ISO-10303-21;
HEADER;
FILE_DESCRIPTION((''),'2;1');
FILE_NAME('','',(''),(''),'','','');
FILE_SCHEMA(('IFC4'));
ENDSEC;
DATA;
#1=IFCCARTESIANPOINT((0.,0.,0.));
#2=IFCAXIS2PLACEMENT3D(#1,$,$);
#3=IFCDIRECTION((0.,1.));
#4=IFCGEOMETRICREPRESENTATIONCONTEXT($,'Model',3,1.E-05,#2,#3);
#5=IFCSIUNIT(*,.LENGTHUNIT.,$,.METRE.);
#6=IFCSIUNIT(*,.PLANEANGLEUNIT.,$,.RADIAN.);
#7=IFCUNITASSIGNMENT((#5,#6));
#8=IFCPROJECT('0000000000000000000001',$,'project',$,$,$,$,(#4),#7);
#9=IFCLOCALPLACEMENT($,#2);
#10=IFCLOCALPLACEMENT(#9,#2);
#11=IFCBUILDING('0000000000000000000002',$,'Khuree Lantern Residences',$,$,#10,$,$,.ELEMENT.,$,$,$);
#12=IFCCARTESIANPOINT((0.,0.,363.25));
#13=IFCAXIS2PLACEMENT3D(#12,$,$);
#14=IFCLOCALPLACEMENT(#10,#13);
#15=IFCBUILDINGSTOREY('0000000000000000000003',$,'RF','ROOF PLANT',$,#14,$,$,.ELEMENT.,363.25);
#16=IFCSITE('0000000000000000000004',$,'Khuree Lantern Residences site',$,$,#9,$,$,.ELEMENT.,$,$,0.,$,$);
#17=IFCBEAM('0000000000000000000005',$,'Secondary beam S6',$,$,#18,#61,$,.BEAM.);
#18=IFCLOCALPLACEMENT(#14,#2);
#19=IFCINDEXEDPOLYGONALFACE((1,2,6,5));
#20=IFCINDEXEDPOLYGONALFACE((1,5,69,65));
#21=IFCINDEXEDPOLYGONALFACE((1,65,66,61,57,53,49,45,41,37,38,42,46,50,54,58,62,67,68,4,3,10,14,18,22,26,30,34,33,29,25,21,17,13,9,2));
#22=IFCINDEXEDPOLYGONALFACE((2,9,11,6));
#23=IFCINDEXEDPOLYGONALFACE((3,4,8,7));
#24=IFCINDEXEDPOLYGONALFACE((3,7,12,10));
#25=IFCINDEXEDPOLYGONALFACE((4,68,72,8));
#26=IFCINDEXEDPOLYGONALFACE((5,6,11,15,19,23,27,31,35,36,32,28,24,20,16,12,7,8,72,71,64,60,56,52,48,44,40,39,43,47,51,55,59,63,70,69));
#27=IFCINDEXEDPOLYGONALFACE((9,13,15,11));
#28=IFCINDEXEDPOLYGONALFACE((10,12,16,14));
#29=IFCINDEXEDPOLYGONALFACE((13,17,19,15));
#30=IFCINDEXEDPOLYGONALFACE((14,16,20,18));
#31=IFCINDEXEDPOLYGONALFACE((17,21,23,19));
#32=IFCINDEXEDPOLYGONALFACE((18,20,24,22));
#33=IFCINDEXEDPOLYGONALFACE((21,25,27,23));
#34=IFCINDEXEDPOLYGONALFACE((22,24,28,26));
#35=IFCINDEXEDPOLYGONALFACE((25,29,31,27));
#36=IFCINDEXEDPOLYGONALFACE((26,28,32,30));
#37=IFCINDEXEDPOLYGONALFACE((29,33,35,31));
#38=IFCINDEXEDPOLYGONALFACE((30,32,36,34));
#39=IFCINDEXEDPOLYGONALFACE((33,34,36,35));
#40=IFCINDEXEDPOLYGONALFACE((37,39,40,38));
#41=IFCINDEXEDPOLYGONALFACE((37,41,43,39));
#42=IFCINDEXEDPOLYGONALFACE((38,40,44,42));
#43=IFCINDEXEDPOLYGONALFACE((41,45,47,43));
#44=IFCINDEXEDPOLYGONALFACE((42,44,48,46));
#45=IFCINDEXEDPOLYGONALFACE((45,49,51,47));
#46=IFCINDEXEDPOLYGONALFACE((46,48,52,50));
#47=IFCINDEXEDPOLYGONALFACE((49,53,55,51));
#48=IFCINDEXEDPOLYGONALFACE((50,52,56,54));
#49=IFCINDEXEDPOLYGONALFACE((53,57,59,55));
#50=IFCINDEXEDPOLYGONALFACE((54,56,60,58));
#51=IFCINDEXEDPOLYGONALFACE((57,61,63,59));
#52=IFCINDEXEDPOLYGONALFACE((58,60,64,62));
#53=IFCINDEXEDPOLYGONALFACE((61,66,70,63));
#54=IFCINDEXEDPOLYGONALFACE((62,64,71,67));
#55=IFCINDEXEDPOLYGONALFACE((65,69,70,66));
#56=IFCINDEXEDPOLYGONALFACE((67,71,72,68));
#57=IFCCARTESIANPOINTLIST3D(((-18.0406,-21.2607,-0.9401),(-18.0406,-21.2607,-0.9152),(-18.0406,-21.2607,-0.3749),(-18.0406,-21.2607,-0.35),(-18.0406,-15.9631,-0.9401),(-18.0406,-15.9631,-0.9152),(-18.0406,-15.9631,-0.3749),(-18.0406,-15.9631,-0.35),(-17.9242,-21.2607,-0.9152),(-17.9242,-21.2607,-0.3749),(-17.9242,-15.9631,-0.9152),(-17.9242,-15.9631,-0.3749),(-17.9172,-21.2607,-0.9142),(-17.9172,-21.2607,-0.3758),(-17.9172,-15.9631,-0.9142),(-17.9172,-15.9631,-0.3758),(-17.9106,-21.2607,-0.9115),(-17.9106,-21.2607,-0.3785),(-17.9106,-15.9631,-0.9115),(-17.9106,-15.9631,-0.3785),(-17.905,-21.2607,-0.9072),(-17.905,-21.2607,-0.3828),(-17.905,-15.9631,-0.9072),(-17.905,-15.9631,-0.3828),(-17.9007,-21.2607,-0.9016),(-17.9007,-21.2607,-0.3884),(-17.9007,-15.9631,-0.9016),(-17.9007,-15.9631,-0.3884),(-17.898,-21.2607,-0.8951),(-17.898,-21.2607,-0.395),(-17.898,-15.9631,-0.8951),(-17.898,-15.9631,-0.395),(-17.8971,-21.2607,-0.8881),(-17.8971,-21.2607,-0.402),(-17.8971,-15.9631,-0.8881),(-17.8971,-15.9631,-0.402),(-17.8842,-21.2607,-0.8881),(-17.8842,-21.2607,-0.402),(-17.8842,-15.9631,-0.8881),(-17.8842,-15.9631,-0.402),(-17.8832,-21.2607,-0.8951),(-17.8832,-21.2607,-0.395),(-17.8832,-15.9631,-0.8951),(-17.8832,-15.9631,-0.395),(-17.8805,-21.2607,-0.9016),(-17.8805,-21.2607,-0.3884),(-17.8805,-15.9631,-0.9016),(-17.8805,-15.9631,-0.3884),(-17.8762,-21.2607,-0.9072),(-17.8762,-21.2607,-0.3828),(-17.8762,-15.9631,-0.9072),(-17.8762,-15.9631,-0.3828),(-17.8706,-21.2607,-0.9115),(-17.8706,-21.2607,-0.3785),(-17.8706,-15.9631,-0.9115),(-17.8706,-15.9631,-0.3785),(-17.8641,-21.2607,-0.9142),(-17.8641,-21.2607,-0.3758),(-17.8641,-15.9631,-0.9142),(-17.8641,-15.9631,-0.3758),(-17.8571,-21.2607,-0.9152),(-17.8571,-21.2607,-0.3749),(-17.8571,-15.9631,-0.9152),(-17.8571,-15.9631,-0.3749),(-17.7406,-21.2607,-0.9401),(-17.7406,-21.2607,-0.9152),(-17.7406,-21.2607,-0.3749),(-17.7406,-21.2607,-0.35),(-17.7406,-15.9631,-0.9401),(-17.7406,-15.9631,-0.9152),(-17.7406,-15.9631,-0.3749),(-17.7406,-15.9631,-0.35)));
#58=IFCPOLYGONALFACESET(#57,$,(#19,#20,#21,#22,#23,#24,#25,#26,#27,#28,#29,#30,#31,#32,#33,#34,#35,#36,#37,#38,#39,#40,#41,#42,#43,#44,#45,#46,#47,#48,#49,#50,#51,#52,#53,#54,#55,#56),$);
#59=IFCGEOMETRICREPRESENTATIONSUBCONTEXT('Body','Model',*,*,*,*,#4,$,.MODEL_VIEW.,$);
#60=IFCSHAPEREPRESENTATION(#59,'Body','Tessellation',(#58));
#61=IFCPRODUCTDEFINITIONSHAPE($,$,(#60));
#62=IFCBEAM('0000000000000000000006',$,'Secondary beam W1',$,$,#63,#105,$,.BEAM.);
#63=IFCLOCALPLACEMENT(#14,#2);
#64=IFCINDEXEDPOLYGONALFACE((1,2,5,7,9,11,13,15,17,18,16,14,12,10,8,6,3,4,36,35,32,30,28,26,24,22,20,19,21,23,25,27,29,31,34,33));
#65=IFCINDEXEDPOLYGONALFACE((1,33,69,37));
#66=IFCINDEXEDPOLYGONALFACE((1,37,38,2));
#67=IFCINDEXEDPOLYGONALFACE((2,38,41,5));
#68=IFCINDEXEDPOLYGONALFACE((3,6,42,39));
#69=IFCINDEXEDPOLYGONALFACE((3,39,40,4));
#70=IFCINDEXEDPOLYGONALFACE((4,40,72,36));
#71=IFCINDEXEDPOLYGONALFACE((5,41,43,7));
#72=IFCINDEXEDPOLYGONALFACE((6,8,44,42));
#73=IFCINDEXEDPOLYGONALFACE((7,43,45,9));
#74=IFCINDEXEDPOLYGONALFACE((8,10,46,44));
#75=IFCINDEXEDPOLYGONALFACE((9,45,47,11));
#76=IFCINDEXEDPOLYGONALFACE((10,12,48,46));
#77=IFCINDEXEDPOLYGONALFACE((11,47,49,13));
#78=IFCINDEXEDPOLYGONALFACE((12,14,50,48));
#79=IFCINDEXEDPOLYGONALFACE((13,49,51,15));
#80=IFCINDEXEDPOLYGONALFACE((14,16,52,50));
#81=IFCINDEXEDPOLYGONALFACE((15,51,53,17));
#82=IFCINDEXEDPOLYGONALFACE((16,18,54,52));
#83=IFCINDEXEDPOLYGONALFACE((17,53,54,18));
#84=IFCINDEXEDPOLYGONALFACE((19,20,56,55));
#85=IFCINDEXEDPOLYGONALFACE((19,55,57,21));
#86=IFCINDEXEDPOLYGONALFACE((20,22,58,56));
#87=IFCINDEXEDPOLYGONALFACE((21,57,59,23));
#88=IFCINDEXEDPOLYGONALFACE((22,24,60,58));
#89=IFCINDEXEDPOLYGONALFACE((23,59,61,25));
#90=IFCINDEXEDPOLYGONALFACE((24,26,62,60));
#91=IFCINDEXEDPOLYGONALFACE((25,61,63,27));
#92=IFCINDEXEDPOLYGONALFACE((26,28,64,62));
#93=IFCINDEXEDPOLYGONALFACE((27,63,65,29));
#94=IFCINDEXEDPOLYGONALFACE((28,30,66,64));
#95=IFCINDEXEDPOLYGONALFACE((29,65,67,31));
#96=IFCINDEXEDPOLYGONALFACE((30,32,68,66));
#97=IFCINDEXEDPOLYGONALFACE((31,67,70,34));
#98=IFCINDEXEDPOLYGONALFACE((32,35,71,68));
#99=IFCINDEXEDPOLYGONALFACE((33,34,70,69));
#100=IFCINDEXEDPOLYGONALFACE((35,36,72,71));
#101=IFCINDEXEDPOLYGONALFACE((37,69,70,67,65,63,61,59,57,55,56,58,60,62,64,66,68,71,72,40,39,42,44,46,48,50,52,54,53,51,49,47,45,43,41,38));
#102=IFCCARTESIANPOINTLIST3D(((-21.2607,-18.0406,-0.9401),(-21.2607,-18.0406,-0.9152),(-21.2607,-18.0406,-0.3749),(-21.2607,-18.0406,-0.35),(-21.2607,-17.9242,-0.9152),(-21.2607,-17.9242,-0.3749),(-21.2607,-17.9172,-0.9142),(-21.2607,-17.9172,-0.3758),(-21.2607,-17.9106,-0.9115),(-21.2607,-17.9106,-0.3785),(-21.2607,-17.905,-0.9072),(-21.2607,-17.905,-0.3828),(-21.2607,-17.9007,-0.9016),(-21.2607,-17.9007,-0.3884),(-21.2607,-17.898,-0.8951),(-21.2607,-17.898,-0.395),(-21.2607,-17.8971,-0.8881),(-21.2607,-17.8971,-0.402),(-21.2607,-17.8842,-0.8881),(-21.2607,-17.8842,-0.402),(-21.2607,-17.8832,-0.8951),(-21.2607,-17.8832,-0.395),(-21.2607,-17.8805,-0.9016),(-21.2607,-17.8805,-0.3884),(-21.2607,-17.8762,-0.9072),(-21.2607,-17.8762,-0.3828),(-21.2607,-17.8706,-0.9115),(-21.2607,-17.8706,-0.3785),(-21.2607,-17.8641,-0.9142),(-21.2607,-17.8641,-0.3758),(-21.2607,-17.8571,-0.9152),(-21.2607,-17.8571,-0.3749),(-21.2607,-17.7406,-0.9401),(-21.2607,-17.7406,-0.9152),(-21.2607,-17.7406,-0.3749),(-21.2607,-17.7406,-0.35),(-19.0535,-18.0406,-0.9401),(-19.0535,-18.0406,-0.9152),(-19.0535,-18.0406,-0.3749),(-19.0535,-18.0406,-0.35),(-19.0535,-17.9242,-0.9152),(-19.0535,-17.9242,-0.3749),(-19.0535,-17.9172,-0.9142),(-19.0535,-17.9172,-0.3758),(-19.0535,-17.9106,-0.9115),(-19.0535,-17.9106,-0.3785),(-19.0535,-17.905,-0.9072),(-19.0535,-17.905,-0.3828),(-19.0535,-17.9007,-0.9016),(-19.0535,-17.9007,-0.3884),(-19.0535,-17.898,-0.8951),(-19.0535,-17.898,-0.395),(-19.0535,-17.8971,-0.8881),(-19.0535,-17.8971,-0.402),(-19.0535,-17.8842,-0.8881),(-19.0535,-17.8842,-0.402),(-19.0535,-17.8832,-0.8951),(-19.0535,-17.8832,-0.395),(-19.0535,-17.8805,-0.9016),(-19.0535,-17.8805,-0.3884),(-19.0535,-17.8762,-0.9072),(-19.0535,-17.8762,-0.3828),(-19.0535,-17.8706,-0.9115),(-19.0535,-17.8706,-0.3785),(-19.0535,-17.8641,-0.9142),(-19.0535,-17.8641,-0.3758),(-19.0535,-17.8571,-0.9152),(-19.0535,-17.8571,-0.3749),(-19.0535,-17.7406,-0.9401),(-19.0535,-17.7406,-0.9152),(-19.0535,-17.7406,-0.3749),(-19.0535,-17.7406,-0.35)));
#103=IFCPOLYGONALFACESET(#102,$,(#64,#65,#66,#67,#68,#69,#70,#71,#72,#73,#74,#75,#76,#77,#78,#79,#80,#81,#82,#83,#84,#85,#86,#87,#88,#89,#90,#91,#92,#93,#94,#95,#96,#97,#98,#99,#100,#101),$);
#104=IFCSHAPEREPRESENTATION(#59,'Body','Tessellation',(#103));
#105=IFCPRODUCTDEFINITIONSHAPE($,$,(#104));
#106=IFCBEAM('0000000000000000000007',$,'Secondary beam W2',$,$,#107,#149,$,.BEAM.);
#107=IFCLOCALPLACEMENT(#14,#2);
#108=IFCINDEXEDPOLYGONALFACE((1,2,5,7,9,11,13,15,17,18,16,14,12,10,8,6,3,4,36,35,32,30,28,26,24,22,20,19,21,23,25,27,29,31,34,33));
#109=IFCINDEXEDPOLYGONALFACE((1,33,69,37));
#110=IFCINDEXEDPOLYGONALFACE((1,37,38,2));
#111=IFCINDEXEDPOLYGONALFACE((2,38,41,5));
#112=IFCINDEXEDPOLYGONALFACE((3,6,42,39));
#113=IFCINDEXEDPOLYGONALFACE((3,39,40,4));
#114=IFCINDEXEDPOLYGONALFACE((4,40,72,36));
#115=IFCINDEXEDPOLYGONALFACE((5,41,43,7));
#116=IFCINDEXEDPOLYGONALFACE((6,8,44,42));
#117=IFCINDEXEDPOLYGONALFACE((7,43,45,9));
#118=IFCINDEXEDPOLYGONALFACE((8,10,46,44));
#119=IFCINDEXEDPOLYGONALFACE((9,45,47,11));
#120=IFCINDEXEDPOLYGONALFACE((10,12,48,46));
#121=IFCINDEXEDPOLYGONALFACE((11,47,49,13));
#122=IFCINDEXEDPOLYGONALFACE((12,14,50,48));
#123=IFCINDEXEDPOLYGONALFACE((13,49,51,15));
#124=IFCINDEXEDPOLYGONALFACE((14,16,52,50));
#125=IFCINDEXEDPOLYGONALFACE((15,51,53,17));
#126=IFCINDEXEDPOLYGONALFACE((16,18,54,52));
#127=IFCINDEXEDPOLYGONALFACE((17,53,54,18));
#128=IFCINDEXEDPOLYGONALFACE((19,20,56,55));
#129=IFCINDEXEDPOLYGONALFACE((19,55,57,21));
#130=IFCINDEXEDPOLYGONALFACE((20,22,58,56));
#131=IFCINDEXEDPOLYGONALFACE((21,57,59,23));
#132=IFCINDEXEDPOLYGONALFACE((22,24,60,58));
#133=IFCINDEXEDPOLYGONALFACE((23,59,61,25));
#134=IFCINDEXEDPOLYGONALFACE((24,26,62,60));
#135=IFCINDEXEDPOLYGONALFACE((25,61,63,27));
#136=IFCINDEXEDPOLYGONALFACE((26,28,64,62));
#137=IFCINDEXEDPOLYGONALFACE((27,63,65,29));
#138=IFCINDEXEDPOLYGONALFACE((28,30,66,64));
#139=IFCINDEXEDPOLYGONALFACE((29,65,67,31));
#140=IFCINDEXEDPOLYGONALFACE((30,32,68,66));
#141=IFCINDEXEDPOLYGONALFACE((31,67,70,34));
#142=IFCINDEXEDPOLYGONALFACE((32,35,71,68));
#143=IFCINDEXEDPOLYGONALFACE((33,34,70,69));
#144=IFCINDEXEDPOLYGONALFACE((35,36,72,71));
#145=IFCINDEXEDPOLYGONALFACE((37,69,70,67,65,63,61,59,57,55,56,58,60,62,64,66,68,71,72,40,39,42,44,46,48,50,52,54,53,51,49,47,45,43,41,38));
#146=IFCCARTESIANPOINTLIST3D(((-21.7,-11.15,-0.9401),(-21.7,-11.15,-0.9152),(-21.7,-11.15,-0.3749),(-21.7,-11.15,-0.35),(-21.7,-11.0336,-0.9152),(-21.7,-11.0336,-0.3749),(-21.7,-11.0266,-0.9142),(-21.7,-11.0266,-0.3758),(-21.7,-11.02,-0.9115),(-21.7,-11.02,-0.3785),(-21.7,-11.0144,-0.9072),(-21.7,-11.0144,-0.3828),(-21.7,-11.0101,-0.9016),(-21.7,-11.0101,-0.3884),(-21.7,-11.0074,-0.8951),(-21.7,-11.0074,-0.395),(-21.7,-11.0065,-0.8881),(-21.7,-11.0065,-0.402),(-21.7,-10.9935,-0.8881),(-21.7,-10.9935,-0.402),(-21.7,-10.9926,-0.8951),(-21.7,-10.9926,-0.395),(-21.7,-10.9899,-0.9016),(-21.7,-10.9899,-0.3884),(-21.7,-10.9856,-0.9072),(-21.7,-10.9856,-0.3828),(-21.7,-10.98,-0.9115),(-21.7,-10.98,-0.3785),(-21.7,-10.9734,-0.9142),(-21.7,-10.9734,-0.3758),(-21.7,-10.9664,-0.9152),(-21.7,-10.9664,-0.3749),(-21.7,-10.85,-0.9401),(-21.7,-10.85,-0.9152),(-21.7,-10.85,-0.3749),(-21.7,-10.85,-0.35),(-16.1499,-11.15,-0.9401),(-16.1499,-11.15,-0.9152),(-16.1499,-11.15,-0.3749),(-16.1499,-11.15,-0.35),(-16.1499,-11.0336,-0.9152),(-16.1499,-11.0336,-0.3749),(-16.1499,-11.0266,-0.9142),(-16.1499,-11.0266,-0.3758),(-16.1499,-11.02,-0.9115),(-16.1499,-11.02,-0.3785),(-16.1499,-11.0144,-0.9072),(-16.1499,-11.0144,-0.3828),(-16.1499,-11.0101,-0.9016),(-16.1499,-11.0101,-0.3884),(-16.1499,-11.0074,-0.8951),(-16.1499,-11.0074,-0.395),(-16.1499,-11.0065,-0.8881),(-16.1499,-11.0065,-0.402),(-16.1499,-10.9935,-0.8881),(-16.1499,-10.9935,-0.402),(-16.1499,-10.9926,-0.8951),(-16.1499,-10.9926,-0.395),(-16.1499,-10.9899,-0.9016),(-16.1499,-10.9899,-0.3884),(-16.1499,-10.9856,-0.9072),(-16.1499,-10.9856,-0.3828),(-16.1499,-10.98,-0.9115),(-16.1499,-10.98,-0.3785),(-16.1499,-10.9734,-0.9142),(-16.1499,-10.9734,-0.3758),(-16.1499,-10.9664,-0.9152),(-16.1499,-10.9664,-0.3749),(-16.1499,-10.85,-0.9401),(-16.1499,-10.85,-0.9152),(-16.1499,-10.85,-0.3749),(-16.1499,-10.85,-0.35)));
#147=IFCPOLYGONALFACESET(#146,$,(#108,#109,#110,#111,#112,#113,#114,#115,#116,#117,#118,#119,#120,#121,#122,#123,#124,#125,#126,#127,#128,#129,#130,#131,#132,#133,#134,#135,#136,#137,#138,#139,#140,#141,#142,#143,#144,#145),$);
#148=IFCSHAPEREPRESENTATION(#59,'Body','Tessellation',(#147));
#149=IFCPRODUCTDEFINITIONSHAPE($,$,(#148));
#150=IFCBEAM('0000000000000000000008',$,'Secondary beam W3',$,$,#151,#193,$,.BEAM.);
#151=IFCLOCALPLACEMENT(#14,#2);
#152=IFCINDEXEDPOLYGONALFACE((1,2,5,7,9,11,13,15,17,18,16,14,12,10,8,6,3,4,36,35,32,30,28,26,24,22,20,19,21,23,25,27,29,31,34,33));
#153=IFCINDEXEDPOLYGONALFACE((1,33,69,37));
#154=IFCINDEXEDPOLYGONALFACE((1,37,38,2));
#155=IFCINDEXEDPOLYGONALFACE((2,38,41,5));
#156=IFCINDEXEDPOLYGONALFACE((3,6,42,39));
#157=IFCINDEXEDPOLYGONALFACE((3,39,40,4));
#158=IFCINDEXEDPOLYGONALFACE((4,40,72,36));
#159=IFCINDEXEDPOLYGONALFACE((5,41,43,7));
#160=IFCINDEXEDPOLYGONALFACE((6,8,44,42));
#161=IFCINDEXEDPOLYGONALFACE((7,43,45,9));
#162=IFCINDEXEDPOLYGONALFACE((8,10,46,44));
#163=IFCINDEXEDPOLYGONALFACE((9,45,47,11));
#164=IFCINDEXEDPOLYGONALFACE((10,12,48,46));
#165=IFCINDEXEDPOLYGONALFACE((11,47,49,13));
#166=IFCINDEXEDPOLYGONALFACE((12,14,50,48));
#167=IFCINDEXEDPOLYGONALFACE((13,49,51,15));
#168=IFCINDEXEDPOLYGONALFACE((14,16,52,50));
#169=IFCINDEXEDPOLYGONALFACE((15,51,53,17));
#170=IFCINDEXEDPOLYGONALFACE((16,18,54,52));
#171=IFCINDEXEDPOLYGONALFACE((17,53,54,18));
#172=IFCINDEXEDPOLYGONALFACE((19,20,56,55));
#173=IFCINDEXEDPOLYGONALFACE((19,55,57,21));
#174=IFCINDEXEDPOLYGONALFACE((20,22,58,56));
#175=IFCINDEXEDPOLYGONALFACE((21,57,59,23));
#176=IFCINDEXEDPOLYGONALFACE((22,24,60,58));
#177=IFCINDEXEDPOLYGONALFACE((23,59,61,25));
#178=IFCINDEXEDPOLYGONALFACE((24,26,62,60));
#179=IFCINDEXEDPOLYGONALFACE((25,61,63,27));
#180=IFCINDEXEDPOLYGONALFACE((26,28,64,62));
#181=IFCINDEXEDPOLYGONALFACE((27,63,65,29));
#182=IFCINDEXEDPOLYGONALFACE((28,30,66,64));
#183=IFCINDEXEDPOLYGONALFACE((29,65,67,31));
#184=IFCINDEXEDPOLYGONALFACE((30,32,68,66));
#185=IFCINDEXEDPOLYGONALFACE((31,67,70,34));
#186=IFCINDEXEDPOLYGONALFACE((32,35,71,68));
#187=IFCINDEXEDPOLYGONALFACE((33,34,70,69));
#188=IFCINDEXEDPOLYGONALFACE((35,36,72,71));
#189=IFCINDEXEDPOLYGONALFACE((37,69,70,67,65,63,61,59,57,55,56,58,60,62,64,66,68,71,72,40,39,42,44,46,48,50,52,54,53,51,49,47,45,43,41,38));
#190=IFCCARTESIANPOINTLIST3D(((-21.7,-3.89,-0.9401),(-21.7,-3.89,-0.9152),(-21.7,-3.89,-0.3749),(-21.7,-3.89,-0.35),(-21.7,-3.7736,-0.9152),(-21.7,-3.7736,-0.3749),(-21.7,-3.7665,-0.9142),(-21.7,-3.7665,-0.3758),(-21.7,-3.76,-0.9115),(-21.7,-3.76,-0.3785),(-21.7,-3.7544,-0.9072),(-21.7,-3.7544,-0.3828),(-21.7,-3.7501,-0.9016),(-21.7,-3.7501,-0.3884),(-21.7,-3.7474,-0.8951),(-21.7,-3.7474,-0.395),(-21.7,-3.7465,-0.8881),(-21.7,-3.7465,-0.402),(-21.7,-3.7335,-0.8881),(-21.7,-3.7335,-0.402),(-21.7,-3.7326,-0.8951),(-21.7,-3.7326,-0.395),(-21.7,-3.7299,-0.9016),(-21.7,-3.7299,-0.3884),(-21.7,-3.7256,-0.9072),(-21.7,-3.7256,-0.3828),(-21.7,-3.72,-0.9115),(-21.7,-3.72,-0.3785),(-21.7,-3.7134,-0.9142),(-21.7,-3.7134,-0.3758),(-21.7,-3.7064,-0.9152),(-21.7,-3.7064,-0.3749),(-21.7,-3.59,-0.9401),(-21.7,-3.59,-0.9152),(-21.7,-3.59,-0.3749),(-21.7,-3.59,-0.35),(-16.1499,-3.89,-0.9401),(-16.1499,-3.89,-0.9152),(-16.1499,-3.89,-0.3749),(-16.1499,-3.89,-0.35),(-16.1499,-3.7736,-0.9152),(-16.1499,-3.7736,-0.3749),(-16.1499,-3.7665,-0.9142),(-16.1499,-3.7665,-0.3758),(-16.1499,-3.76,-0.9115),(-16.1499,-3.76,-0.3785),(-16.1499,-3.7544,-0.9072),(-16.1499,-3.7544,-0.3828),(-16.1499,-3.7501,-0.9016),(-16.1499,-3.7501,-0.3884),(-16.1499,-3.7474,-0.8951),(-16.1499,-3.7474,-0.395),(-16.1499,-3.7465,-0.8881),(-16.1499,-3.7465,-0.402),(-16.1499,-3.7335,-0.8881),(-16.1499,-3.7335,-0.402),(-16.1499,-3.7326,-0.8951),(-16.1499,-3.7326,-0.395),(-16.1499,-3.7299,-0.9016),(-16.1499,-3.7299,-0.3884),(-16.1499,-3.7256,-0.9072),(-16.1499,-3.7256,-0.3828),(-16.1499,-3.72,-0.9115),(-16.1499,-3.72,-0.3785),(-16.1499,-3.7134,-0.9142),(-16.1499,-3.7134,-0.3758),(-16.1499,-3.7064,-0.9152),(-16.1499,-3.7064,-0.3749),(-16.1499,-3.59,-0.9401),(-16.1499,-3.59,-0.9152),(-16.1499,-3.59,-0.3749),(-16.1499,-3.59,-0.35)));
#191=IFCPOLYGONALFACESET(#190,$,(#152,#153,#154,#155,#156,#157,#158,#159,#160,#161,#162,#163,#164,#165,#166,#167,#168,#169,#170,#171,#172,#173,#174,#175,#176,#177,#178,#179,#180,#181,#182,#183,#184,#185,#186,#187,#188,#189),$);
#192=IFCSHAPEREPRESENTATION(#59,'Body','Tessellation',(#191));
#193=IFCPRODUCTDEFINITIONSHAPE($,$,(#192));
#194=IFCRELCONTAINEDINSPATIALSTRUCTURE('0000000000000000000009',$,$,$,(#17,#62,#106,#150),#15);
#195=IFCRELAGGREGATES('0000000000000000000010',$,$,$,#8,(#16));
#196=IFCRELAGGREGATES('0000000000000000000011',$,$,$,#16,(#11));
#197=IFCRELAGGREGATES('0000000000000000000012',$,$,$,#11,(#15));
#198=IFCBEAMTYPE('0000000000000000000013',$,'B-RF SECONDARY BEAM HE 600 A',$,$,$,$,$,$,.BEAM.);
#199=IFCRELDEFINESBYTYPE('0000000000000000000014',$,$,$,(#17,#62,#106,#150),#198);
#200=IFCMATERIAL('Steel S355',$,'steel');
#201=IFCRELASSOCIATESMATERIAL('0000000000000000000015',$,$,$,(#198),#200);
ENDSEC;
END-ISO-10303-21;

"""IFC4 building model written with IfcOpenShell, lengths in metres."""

from ifc_helpers import new_model, si_unit, direction, frame, origin, origin_2d, place, context, subcontext, project, spatial, i_section, extrude, material, material_profile, profile_set, type_object, element, save


model = new_model("IFC4")

# Units and contexts
model_context = context("Model", 3, precision=1e-05, world=origin(), true_north=direction((0.0, 1.0)))
body_context = subcontext(model_context, "Body", "Model", "MODEL_VIEW")
ifc_project = project(units=[si_unit("LENGTHUNIT", "METRE"), si_unit("PLANEANGLEUNIT", "RADIAN")], contexts=[model_context])

# Site, building, storey
site_placement = place(None, origin())
site = spatial("IfcSite", under=ifc_project, at=site_placement, Name="Khuree Lantern Residences site", CompositionType="ELEMENT", RefElevation=0.0)
building_placement = place(site_placement, origin())
building = spatial("IfcBuilding", under=site, at=building_placement, Name="Khuree Lantern Residences", CompositionType="ELEMENT")
storey_placement = place(building_placement, frame((0.0, 0.0, 363.25)))
storey = spatial("IfcBuildingStorey", under=building, at=storey_placement, Name="RF", Description="ROOF PLANT", CompositionType="ELEMENT", Elevation=363.25)

# Shared definitions
ifc_material_1 = material(Name="Steel S355", Category="steel")

# Beams
ifc_material_profile_1 = material_profile(ifc_material_1, i_section(OverallWidth=0.3, OverallDepth=0.5901, WebThickness=0.0129, FlangeThickness=0.0249, FilletRadius=0.0271, at=origin_2d()), Name="HE 600 A")
ifc_profile_set_1 = profile_set([ifc_material_profile_1], Name="Steel S355")
beam_type_1 = type_object("IfcBeamType", Name="B-RF SECONDARY BEAM HE 600 A", PredefinedType="BEAM", material=ifc_profile_set_1)
beam_1_placement = place(storey_placement, frame((-17.8906, -21.2607, -0.645), z_axis=(0.0, 1.0, 0.0), x_axis=(-1.0, 0.0, 0.0)))
element("IfcBeam", 1, at=beam_1_placement, inside=storey, type_object=beam_type_1, Name="Secondary beam S6", PredefinedType="BEAM", context=body_context, shape_type="SweptSolid", body=[
    extrude(i_section(OverallWidth=0.3, OverallDepth=0.5901, WebThickness=0.0129, FlangeThickness=0.0249, FilletRadius=0.0271, at=origin_2d()), origin(), (0.0, 0.0, 1.0), 5.2976),
])
beam_2_placement = place(storey_placement, frame((-21.2607, -17.8906, -0.645), z_axis=(1.0, 0.0, 0.0), x_axis=(0.0, 1.0, 0.0)))
element("IfcBeam", 2, at=beam_2_placement, inside=storey, type_object=beam_type_1, Name="Secondary beam W1", PredefinedType="BEAM", context=body_context, shape_type="SweptSolid", body=[
    extrude(i_section(OverallWidth=0.3, OverallDepth=0.5901, WebThickness=0.0129, FlangeThickness=0.0249, FilletRadius=0.0271, at=origin_2d()), origin(), (0.0, 0.0, 1.0), 2.2073),
])
for number, where, z_axis, x_axis, name in (
    (3, (-21.7, -11.0, -0.645), (1.0, 0.0, 0.0), (0.0, 1.0, 0.0), "Secondary beam W2"),
    (4, (-21.7, -3.74, -0.645), (1.0, 0.0, 0.0), (0.0, 1.0, 0.0), "Secondary beam W3"),
):
    element("IfcBeam", number, at=place(storey_placement, frame(where, z_axis=z_axis, x_axis=x_axis)), inside=storey, type_object=beam_type_1, Name=name, PredefinedType="BEAM", context=body_context, shape_type="SweptSolid", body=[
        extrude(i_section(OverallWidth=0.3, OverallDepth=0.5901, WebThickness=0.0129, FlangeThickness=0.0249, FilletRadius=0.0271, at=origin_2d()), origin(), (0.0, 0.0, 1.0), 5.55),
    ])

save(model, "model.ifc")
